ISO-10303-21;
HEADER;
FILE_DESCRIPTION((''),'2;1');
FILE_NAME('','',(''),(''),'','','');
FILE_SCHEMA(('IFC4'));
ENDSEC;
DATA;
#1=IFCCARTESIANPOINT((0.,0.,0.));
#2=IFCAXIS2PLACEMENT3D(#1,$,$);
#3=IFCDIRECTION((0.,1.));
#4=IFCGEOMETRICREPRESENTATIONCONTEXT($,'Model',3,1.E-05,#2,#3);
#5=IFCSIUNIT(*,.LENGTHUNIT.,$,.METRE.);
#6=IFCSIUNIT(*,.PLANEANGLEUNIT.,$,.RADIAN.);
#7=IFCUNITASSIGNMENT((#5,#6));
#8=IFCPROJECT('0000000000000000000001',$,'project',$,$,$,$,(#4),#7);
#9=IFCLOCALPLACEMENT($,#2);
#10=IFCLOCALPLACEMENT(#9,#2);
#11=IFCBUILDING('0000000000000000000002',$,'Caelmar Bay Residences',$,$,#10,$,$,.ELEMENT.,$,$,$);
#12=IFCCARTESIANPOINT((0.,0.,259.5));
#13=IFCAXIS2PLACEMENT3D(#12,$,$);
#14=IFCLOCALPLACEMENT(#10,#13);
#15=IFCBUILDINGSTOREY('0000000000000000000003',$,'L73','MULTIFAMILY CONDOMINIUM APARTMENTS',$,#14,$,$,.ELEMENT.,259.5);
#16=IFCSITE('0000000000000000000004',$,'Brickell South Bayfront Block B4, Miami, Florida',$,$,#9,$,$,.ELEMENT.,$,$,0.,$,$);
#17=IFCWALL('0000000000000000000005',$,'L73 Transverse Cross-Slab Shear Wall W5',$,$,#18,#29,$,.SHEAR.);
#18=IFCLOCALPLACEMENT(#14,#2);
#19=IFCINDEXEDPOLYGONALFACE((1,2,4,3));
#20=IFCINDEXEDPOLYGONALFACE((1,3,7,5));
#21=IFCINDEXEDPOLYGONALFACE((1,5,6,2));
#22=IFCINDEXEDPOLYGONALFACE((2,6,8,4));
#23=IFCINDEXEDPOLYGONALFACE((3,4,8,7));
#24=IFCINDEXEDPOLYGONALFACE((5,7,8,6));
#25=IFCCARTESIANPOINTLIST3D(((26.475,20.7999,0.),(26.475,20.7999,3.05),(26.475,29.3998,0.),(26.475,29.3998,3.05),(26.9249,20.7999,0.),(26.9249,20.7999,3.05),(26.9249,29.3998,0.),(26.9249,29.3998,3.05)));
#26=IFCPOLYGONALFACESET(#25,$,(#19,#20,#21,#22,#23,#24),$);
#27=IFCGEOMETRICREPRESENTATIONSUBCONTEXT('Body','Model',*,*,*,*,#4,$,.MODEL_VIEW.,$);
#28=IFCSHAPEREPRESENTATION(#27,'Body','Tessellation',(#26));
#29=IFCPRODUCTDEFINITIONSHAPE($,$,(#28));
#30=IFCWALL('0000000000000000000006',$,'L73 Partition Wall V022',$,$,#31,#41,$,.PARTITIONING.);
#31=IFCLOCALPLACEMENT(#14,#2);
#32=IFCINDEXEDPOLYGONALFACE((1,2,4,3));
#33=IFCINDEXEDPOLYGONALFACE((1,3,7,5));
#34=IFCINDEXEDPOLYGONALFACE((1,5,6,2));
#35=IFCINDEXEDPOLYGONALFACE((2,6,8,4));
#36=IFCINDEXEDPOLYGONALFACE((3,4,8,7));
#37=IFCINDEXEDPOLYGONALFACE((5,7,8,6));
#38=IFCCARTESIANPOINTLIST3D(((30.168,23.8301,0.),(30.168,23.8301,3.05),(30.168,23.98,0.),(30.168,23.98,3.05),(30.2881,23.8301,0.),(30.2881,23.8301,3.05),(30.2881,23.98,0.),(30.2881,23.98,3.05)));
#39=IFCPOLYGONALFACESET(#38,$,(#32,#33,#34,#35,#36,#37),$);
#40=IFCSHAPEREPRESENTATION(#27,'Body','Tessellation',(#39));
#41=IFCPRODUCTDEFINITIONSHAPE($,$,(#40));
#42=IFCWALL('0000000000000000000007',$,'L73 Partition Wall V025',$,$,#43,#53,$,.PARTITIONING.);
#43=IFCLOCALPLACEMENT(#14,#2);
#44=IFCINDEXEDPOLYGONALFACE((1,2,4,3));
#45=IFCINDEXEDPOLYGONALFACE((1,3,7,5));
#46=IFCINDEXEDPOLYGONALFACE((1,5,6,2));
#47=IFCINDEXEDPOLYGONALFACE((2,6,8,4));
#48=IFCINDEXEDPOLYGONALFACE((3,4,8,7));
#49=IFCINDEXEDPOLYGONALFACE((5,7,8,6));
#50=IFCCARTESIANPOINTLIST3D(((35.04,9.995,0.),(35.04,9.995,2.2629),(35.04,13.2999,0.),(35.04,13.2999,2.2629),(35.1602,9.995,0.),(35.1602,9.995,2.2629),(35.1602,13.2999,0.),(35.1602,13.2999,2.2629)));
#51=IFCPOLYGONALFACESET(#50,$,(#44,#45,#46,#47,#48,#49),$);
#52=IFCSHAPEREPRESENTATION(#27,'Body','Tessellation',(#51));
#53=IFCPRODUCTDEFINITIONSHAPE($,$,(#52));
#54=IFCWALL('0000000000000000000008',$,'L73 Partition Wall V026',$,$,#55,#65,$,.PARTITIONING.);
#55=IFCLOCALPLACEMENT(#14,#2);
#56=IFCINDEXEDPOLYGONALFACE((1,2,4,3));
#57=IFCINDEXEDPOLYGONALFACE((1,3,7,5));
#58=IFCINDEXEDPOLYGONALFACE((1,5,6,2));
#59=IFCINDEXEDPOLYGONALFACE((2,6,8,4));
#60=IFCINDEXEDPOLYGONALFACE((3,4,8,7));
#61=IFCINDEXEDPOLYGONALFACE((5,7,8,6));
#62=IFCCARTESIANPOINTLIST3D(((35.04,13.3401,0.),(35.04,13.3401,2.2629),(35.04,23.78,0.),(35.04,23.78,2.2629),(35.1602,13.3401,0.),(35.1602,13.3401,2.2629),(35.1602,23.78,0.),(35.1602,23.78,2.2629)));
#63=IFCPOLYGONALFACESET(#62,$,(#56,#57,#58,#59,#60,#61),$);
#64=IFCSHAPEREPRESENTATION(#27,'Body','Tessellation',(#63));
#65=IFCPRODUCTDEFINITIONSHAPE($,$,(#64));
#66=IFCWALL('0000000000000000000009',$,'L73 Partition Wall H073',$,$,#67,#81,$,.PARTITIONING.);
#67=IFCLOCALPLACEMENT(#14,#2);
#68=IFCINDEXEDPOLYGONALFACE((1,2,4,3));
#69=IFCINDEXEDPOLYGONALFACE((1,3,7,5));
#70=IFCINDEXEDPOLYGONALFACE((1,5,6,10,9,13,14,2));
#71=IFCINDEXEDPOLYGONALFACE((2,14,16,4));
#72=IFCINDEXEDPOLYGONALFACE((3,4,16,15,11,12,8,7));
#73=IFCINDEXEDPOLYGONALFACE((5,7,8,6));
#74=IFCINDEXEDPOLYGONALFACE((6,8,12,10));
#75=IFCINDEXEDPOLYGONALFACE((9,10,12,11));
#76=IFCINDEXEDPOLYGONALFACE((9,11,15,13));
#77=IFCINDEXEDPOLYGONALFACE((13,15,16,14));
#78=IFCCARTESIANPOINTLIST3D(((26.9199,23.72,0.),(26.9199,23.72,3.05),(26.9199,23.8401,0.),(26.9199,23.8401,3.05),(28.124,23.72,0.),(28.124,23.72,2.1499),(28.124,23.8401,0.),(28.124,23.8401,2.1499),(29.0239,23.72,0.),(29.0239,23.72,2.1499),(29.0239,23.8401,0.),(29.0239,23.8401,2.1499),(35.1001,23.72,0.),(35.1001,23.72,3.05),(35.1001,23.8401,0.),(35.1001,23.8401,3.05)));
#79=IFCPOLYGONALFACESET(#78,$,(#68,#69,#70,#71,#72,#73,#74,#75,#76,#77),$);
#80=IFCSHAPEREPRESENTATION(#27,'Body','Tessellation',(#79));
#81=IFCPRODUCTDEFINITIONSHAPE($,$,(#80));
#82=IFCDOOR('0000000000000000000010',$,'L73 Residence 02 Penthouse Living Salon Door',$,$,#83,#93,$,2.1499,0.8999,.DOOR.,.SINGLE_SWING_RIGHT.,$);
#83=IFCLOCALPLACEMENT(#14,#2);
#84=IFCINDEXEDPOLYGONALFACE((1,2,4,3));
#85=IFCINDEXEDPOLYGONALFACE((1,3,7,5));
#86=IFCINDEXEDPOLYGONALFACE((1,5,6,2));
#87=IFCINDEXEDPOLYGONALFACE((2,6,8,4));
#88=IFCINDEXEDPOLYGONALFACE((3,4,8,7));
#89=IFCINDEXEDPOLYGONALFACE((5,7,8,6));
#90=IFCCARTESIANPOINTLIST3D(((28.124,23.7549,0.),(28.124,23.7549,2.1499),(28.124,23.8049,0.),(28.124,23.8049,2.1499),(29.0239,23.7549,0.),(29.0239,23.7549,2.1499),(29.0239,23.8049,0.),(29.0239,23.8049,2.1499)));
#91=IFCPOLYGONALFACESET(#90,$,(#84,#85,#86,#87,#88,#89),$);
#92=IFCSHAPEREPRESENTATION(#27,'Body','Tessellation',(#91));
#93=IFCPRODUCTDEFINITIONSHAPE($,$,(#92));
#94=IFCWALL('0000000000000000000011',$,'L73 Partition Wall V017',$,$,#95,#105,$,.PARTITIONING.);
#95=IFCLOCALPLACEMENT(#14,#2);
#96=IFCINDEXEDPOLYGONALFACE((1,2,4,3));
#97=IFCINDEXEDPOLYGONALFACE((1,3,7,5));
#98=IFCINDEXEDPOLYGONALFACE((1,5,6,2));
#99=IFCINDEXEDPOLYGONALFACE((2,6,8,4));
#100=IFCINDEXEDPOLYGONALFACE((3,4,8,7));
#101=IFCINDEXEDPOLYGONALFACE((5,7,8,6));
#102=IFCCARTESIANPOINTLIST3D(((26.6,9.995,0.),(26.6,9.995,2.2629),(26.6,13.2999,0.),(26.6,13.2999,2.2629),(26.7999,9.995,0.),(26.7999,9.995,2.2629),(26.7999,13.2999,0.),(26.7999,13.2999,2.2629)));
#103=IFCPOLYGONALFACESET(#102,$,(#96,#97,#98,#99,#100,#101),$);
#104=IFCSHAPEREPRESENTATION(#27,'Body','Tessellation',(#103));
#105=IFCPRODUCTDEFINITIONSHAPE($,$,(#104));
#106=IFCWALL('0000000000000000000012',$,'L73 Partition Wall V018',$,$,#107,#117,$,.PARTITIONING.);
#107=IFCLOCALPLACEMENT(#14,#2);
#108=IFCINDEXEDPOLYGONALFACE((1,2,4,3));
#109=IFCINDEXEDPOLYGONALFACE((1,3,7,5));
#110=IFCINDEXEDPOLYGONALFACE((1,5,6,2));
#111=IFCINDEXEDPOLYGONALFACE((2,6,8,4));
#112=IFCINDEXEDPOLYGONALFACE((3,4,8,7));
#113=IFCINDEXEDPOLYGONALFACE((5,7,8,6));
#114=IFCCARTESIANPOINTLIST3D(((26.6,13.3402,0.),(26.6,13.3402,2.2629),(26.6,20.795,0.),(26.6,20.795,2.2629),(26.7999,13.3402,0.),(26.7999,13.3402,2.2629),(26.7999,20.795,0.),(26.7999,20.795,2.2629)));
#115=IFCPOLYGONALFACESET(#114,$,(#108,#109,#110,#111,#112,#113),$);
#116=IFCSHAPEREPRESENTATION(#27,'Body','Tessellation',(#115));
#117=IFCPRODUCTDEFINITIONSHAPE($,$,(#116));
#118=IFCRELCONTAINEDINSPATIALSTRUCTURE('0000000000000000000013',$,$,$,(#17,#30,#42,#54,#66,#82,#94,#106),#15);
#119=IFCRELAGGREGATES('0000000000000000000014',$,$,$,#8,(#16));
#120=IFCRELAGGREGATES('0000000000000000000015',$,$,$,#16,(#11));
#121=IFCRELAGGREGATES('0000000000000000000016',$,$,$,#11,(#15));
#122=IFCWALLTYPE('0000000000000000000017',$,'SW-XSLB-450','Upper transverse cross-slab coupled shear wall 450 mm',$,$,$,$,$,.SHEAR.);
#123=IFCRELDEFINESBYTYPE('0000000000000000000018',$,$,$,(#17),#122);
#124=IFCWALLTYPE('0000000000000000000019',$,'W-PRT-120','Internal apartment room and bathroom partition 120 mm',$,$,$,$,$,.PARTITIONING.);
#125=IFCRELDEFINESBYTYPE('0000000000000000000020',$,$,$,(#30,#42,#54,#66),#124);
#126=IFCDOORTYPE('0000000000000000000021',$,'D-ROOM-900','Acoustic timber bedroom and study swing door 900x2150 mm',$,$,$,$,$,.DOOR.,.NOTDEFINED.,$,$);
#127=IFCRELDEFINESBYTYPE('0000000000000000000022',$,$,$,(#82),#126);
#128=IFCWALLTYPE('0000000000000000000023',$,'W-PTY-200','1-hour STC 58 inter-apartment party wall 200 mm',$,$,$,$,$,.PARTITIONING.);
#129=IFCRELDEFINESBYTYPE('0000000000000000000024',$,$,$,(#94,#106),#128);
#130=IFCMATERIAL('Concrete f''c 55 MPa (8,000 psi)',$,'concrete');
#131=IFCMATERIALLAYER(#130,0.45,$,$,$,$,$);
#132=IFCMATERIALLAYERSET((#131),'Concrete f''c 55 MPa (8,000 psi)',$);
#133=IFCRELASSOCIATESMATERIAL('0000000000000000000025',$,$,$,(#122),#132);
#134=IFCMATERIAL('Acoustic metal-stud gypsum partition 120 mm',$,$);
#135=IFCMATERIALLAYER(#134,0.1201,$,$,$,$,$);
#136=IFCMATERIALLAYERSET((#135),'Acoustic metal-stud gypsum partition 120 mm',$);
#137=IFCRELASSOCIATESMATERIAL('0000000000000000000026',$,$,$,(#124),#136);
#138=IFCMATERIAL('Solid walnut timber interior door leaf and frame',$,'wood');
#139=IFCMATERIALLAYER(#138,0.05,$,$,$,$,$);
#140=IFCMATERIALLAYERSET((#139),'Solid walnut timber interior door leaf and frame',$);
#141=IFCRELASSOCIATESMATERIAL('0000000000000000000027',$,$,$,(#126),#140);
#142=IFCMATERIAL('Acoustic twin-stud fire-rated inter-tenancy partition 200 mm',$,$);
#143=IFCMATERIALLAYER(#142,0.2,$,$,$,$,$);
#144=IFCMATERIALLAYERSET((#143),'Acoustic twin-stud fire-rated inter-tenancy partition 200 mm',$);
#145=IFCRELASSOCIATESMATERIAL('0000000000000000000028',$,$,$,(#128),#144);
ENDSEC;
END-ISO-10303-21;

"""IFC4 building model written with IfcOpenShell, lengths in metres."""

from ifc_helpers import new_model, si_unit, direction, frame, frame_2d, origin, place, context, subcontext, project, spatial, rectangle, extrude, material, layer, layer_set, type_object, element, fill, save


model = new_model("IFC4")

# Units and contexts
model_context = context("Model", 3, precision=1e-05, world=origin(), true_north=direction((0.0, 1.0)))
body_context = subcontext(model_context, "Body", "Model", "MODEL_VIEW")
ifc_project = project(units=[si_unit("LENGTHUNIT", "METRE"), si_unit("PLANEANGLEUNIT", "RADIAN")], contexts=[model_context])

# Site, building, storey
site_placement = place(None, origin())
site = spatial("IfcSite", under=ifc_project, at=site_placement, Name="Brickell South Bayfront Block B4, Miami, Florida", CompositionType="ELEMENT", RefElevation=0.0)
building_placement = place(site_placement, origin())
building = spatial("IfcBuilding", under=site, at=building_placement, Name="Caelmar Bay Residences", CompositionType="ELEMENT")
storey_placement = place(building_placement, frame((0.0, 0.0, 259.5)))
storey = spatial("IfcBuildingStorey", under=building, at=storey_placement, Name="L73", Description="MULTIFAMILY CONDOMINIUM APARTMENTS", CompositionType="ELEMENT", Elevation=259.5)

# Shared definitions
ifc_material_1 = material(Name="Concrete f'c 55 MPa (8,000 psi)", Category="concrete")

# Walls
ifc_layer_1 = layer(ifc_material_1, 0.45)
ifc_layer_set_1 = layer_set([ifc_layer_1], Name="Concrete f'c 55 MPa (8,000 psi)")
wall_type_1 = type_object("IfcWallType", Name="SW-XSLB-450", Description="Upper transverse cross-slab coupled shear wall 450 mm", PredefinedType="SHEAR", material=ifc_layer_set_1)
wall_1_placement = place(storey_placement, frame((26.7, 20.8, 0.0), z_axis=(0.0, 0.0, 1.0), x_axis=(0.0, 1.0, 0.0)))
element("IfcWall", 1, at=wall_1_placement, inside=storey, type_object=wall_type_1, Name="L73 Transverse Cross-Slab Shear Wall W5", PredefinedType="SHEAR", context=body_context, shape_type="SweptSolid", body=[
    extrude(rectangle(XDim=8.5999, YDim=0.45, at=frame_2d((4.2998, 0.0))), origin(), (0.0, 0.0, 1.0), 3.05),
])
ifc_material_2 = material(Name="Acoustic metal-stud gypsum partition 120 mm")
ifc_layer_2 = layer(ifc_material_2, 0.1201)
ifc_layer_set_2 = layer_set([ifc_layer_2], Name="Acoustic metal-stud gypsum partition 120 mm")
wall_type_2 = type_object("IfcWallType", Name="W-PRT-120", Description="Internal apartment room and bathroom partition 120 mm", PredefinedType="PARTITIONING", material=ifc_layer_set_2)
wall_2_placement = place(storey_placement, frame((30.228, 23.8301, 0.0), z_axis=(0.0, 0.0, 1.0), x_axis=(0.0, 1.0, 0.0)))
element("IfcWall", 2, at=wall_2_placement, inside=storey, type_object=wall_type_2, Name="L73 Partition Wall V022", PredefinedType="PARTITIONING", context=body_context, shape_type="SweptSolid", body=[
    extrude(rectangle(XDim=0.1499, YDim=0.1201, at=frame_2d((0.075, 0.0))), origin(), (0.0, 0.0, 1.0), 3.05),
])
wall_3_placement = place(storey_placement, frame((35.1001, 9.9951, 0.0), z_axis=(0.0, 0.0, 1.0), x_axis=(0.0, 1.0, 0.0)))
element("IfcWall", 3, at=wall_3_placement, inside=storey, type_object=wall_type_2, Name="L73 Partition Wall V025", PredefinedType="PARTITIONING", context=body_context, shape_type="SweptSolid", body=[
    extrude(rectangle(XDim=3.3049, YDim=0.1201, at=frame_2d((1.6523, 0.0))), origin(), (0.0, 0.0, 1.0), 2.2629),
])
wall_4_placement = place(storey_placement, frame((35.1001, 13.3401, 0.0), z_axis=(0.0, 0.0, 1.0), x_axis=(0.0, 1.0, 0.0)))
element("IfcWall", 4, at=wall_4_placement, inside=storey, type_object=wall_type_2, Name="L73 Partition Wall V026", PredefinedType="PARTITIONING", context=body_context, shape_type="SweptSolid", body=[
    extrude(rectangle(XDim=10.4399, YDim=0.1201, at=frame_2d((5.22, 0.0))), origin(), (0.0, 0.0, 1.0), 2.2629),
])

# Wall, opening, door
wall_5_placement = place(storey_placement, frame((26.9199, 23.78, 0.0), z_axis=(0.0, 0.0, 1.0), x_axis=(1.0, 0.0, 0.0)))
wall_5 = element("IfcWall", 5, at=wall_5_placement, inside=storey, type_object=wall_type_2, Name="L73 Partition Wall H073", PredefinedType="PARTITIONING", context=body_context, shape_type="SweptSolid", body=[
    extrude(rectangle(XDim=8.1802, YDim=0.1201, at=frame_2d((4.0901, 0.0))), origin(), (0.0, 0.0, 1.0), 3.05),
])
opening_placement = place(wall_5_placement, frame((1.2041, 0.0, 0.0)))
opening = element("IfcOpeningElement", 6, at=opening_placement, cuts=wall_5, PredefinedType="OPENING", context=body_context, shape_type="SweptSolid", body=[
    extrude(rectangle(XDim=0.8999, YDim=2.1499, at=frame_2d((0.45, 1.075))), frame((0.0, 0.0701, 0.0), z_axis=(0.0, -1.0, 0.0), x_axis=(1.0, 0.0, 0.0)), (0.0, 0.0, 1.0), 0.1401),
])
ifc_material_3 = material(Name="Solid walnut timber interior door leaf and frame", Category="wood")
ifc_layer_3 = layer(ifc_material_3, 0.05)
ifc_layer_set_3 = layer_set([ifc_layer_3], Name="Solid walnut timber interior door leaf and frame")
door_type = type_object("IfcDoorType", Name="D-ROOM-900", Description="Acoustic timber bedroom and study swing door 900x2150 mm", OperationType="NOTDEFINED", PredefinedType="DOOR", material=ifc_layer_set_3)
door_placement = place(opening_placement, origin())
door = element("IfcDoor", 7, at=door_placement, inside=storey, type_object=door_type, Name="L73 Residence 02 Penthouse Living Salon Door", OperationType="SINGLE_SWING_RIGHT", OverallHeight=2.1499, OverallWidth=0.8999, PredefinedType="DOOR", context=body_context, shape_type="SweptSolid", body=[
    extrude(rectangle(XDim=0.8999, YDim=2.1499, at=frame_2d((0.45, 1.075))), frame((0.0, 0.0249, 0.0), z_axis=(0.0, -1.0, 0.0), x_axis=(1.0, 0.0, 0.0)), (0.0, 0.0, 1.0), 0.05),
])
fill(opening, door)

# Walls
ifc_material_4 = material(Name="Acoustic twin-stud fire-rated inter-tenancy partition 200 mm")
ifc_layer_4 = layer(ifc_material_4, 0.2)
ifc_layer_set_4 = layer_set([ifc_layer_4], Name="Acoustic twin-stud fire-rated inter-tenancy partition 200 mm")
wall_type_3 = type_object("IfcWallType", Name="W-PTY-200", Description="1-hour STC 58 inter-apartment party wall 200 mm", PredefinedType="PARTITIONING", material=ifc_layer_set_4)
wall_6_placement = place(storey_placement, frame((26.7, 9.9951, 0.0), z_axis=(0.0, 0.0, 1.0), x_axis=(0.0, 1.0, 0.0)))
element("IfcWall", 8, at=wall_6_placement, inside=storey, type_object=wall_type_3, Name="L73 Partition Wall V017", PredefinedType="PARTITIONING", context=body_context, shape_type="SweptSolid", body=[
    extrude(rectangle(XDim=3.3049, YDim=0.2, at=frame_2d((1.6523, 0.0))), origin(), (0.0, 0.0, 1.0), 2.2629),
])
wall_7_placement = place(storey_placement, frame((26.7, 13.3401, 0.0), z_axis=(0.0, 0.0, 1.0), x_axis=(0.0, 1.0, 0.0)))
element("IfcWall", 9, at=wall_7_placement, inside=storey, type_object=wall_type_3, Name="L73 Partition Wall V018", PredefinedType="PARTITIONING", context=body_context, shape_type="SweptSolid", body=[
    extrude(rectangle(XDim=7.4548, YDim=0.2, at=frame_2d((3.7275, 0.0))), origin(), (0.0, 0.0, 1.0), 2.2629),
])

save(model, "model.ifc")
